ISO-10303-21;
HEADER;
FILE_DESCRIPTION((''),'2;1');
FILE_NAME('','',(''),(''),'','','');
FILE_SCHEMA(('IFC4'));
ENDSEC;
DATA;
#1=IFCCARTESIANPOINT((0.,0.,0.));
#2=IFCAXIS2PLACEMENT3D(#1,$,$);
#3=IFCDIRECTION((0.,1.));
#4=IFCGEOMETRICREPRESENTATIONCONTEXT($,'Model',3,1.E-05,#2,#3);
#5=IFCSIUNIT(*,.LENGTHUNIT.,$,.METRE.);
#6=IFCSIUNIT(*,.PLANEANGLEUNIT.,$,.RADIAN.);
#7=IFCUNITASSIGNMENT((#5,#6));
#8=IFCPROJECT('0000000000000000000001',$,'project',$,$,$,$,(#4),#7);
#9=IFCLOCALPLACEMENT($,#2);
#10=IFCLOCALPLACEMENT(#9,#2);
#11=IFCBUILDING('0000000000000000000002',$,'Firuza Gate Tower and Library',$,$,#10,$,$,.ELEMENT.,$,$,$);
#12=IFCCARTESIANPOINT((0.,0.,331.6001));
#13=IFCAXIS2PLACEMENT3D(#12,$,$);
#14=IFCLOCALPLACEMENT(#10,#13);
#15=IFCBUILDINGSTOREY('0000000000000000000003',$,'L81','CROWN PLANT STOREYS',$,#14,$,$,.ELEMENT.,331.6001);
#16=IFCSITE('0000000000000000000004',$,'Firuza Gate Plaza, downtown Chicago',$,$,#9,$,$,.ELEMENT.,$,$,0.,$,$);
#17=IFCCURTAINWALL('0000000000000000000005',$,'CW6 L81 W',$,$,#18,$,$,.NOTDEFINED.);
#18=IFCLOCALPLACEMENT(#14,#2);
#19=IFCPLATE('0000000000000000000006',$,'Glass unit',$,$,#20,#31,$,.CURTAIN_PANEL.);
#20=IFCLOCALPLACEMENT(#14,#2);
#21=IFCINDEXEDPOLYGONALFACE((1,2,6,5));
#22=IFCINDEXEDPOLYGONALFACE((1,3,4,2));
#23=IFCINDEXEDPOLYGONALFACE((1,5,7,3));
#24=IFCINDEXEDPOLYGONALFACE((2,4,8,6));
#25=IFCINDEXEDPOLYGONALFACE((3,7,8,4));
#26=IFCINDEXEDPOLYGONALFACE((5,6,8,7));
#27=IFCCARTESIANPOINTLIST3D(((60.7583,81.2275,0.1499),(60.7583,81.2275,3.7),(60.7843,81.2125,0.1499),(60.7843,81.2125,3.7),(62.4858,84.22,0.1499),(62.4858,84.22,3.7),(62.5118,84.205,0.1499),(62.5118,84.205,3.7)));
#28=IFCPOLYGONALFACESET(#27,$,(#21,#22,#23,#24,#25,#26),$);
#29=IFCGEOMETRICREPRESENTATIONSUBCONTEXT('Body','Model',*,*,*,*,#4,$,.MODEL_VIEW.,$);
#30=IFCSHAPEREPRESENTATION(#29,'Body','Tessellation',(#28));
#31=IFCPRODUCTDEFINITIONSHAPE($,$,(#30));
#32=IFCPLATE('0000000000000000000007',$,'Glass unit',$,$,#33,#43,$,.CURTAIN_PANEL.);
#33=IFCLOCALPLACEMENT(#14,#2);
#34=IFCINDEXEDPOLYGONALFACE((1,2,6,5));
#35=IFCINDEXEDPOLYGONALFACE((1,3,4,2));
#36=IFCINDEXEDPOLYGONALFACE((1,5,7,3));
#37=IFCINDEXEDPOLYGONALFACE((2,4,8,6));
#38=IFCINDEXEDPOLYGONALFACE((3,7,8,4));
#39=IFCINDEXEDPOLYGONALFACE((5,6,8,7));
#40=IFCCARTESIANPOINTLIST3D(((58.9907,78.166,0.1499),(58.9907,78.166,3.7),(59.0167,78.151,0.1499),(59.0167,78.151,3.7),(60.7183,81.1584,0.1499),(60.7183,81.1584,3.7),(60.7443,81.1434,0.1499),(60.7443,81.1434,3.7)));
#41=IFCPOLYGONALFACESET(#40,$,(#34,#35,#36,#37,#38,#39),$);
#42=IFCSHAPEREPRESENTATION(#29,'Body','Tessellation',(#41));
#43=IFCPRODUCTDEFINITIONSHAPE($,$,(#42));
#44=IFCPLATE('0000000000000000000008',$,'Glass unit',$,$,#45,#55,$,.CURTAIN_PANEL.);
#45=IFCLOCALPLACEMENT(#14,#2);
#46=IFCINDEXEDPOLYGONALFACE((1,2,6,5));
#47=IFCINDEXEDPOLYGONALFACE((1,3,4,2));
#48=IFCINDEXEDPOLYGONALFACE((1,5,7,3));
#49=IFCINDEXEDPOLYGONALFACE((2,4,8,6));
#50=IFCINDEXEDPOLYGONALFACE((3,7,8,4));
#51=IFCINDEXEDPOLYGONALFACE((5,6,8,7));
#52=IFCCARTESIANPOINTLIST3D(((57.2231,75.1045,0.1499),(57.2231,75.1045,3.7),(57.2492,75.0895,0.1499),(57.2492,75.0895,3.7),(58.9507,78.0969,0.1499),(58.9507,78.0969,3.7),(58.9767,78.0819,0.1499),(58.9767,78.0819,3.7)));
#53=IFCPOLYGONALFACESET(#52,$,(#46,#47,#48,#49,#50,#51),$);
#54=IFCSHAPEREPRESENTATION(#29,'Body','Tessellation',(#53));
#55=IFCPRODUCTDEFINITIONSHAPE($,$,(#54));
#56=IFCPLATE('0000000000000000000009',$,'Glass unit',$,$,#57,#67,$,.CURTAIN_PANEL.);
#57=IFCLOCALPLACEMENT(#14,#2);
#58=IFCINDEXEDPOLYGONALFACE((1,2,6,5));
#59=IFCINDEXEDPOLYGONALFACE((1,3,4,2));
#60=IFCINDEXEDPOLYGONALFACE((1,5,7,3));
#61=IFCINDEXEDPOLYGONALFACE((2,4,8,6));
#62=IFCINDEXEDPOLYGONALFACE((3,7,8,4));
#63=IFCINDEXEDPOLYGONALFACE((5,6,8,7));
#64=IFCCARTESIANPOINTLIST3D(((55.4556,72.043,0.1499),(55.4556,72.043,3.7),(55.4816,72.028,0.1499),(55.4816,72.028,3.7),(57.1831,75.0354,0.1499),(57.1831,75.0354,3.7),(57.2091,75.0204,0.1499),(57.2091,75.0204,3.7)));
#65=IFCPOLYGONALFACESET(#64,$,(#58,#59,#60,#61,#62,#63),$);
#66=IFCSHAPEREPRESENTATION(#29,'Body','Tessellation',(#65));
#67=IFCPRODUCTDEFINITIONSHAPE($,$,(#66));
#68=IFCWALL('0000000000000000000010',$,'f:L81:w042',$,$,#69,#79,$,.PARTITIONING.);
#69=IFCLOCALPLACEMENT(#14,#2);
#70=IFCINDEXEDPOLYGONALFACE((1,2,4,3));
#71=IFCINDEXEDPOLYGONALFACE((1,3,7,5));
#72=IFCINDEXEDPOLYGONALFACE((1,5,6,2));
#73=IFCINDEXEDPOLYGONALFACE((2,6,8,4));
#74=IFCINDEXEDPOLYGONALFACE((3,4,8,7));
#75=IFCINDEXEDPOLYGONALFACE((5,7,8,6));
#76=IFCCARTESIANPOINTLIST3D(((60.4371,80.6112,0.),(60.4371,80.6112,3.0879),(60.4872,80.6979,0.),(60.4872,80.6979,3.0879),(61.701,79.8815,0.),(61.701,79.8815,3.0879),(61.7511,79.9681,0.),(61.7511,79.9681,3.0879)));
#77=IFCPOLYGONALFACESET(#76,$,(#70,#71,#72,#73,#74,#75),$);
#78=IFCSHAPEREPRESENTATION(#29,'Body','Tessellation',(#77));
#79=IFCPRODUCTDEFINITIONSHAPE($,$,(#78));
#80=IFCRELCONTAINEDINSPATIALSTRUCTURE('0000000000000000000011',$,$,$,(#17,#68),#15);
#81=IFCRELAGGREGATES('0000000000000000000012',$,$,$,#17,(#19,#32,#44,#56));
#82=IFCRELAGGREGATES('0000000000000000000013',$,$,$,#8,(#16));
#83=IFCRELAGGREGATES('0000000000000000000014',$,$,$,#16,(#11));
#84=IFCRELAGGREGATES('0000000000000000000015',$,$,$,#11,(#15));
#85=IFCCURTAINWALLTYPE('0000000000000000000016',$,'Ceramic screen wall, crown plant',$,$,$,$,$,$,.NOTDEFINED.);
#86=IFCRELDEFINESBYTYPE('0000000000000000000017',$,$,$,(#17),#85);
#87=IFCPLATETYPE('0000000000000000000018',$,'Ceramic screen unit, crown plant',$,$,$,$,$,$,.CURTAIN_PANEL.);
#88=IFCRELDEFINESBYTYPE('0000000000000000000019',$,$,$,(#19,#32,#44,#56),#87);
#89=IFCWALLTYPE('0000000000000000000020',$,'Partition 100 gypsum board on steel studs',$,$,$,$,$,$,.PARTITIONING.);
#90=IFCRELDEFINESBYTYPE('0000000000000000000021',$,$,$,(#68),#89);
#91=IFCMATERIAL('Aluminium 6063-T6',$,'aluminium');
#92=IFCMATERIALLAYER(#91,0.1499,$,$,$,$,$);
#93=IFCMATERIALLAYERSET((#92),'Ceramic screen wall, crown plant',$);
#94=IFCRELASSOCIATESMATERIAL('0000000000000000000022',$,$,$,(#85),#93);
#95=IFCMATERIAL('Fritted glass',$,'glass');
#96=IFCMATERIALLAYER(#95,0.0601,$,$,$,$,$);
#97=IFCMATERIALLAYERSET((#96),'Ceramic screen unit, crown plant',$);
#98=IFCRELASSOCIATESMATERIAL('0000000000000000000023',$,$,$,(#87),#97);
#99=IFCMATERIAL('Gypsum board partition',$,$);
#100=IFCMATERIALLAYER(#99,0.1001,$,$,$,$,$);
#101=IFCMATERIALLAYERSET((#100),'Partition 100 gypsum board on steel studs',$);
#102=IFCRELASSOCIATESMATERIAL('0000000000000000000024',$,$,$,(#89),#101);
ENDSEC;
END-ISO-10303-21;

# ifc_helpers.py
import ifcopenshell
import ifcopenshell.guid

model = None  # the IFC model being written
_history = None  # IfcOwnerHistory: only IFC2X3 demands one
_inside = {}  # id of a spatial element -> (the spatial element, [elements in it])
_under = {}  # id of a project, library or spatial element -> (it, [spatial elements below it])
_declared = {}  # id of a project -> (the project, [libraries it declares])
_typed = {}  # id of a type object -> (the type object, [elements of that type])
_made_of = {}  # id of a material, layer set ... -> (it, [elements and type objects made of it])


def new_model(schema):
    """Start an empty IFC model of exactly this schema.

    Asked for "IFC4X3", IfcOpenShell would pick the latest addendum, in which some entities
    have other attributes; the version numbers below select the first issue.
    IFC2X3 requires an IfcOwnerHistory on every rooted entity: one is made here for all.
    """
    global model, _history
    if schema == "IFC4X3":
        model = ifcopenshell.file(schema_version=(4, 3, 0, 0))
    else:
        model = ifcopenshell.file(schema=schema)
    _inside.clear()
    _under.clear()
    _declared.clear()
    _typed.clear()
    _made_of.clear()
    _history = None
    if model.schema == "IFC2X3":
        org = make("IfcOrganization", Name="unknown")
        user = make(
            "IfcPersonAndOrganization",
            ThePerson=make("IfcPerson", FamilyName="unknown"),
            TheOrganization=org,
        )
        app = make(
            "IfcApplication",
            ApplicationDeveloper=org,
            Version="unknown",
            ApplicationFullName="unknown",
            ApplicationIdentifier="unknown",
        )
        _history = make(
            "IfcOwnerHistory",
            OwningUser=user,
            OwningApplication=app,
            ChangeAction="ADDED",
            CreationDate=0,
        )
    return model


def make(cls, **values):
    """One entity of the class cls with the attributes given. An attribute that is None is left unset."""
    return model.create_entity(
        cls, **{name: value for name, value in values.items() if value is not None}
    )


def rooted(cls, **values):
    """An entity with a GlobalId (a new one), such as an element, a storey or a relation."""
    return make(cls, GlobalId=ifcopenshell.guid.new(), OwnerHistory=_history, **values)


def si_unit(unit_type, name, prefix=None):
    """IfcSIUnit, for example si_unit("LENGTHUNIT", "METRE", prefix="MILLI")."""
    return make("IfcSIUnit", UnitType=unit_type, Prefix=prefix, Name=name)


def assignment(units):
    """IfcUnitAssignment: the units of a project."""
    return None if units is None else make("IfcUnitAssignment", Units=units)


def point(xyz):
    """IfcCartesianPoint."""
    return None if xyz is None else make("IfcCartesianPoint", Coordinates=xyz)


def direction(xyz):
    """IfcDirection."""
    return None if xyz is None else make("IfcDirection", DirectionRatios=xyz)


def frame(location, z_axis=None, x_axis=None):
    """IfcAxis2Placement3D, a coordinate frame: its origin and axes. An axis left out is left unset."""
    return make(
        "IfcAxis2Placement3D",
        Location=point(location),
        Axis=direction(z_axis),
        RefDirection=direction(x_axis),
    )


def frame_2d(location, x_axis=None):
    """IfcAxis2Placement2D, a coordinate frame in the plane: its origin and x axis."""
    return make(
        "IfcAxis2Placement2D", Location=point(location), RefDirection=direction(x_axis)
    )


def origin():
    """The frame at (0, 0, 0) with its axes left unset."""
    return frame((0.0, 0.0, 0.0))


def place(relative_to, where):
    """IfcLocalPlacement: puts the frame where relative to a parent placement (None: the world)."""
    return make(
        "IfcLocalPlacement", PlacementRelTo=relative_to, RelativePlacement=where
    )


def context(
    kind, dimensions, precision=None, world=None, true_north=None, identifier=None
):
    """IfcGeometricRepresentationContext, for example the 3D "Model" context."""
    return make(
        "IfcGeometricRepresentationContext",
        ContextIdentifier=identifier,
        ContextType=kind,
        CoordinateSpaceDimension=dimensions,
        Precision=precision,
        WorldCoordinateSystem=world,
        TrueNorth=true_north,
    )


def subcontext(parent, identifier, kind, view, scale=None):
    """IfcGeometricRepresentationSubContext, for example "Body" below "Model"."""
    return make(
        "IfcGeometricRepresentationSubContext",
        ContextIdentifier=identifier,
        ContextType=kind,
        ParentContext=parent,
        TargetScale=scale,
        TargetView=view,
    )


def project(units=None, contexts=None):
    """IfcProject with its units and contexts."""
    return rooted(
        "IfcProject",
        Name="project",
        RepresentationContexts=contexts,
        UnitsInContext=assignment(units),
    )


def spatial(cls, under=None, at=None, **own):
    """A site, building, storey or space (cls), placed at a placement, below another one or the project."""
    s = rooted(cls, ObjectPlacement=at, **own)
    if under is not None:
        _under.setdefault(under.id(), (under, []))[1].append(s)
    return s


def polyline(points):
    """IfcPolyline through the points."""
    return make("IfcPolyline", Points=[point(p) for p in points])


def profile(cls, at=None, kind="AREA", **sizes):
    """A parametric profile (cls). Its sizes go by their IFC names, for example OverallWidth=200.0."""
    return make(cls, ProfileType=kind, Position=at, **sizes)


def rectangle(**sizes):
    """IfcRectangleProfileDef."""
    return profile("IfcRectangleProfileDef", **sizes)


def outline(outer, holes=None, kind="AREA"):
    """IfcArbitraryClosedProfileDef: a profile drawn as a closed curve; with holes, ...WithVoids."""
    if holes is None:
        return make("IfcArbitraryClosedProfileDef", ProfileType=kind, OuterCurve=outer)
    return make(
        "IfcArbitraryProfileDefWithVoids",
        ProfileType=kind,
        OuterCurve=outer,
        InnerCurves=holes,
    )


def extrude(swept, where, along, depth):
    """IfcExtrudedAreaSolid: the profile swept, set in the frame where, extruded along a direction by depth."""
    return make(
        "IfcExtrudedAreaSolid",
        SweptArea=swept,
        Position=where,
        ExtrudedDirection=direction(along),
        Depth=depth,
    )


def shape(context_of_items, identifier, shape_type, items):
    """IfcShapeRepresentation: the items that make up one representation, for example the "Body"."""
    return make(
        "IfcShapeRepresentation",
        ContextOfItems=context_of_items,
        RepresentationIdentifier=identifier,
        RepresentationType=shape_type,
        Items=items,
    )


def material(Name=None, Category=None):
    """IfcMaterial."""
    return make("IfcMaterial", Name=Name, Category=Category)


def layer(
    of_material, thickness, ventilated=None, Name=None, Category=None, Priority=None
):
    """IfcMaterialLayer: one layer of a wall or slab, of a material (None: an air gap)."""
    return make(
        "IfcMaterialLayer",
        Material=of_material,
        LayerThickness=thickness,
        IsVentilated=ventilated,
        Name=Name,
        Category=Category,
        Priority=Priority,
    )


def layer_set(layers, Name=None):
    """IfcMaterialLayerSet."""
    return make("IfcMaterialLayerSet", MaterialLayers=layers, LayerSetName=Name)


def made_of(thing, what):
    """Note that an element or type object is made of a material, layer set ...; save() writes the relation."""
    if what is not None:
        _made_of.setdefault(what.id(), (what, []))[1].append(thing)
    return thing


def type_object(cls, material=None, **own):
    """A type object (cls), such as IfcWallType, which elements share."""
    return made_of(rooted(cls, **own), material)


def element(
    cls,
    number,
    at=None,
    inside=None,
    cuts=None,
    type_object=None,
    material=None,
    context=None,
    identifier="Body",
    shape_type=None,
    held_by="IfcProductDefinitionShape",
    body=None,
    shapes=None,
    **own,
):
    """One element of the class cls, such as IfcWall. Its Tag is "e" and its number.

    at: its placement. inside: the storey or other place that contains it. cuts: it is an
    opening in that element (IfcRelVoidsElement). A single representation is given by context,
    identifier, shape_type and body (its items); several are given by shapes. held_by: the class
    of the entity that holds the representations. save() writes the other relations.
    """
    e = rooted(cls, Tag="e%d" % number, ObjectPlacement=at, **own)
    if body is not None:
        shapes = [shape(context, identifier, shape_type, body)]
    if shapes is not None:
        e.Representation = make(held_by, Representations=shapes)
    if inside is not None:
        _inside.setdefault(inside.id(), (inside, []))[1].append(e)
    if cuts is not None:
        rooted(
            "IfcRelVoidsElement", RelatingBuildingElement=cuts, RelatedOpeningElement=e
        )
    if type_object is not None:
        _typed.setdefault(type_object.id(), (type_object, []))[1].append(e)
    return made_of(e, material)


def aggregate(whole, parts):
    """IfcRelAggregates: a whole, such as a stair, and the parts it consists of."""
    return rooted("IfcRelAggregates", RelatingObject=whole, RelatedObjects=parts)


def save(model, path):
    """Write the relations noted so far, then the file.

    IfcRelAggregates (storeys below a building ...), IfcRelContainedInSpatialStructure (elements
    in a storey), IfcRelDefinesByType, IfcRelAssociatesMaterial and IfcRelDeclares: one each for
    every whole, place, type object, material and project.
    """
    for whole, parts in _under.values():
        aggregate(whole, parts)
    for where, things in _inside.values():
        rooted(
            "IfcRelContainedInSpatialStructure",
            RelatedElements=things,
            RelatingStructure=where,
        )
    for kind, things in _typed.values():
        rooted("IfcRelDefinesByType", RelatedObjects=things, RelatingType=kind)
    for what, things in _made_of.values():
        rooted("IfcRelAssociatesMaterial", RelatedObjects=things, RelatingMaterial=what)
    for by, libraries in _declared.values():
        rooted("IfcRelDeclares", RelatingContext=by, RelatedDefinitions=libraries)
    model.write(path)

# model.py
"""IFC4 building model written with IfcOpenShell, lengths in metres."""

from ifc_helpers import new_model, si_unit, direction, frame, frame_2d, origin, place, context, subcontext, project, spatial, polyline, rectangle, outline, extrude, material, layer, layer_set, type_object, element, aggregate, save


model = new_model("IFC4")

# Units and contexts
model_context = context("Model", 3, precision=1e-05, world=origin(), true_north=direction((0.0, 1.0)))
body_context = subcontext(model_context, "Body", "Model", "MODEL_VIEW")
ifc_project = project(units=[si_unit("LENGTHUNIT", "METRE"), si_unit("PLANEANGLEUNIT", "RADIAN")], contexts=[model_context])

# Site, building, storey
site_placement = place(None, origin())
site = spatial("IfcSite", under=ifc_project, at=site_placement, Name="Firuza Gate Plaza, downtown Chicago", CompositionType="ELEMENT", RefElevation=0.0)
building_placement = place(site_placement, origin())
building = spatial("IfcBuilding", under=site, at=building_placement, Name="Firuza Gate Tower and Library", CompositionType="ELEMENT")
storey_placement = place(building_placement, frame((0.0, 0.0, 331.6001)))
storey = spatial("IfcBuildingStorey", under=building, at=storey_placement, Name="L81", Description="CROWN PLANT STOREYS", CompositionType="ELEMENT", Elevation=331.6001)

# Curtain wall
ifc_material_1 = material(Name="Aluminium 6063-T6", Category="aluminium")
ifc_layer_1 = layer(ifc_material_1, 0.1499)
ifc_layer_set_1 = layer_set([ifc_layer_1], Name="Ceramic screen wall, crown plant")
curtain_wall_type = type_object("IfcCurtainWallType", Name="Ceramic screen wall, crown plant", PredefinedType="NOTDEFINED", material=ifc_layer_set_1)
curtain_wall_placement = place(storey_placement, origin())
curtain_wall = element("IfcCurtainWall", 1, at=curtain_wall_placement, inside=storey, type_object=curtain_wall_type, Name="CW6 L81 W", PredefinedType="NOTDEFINED")

# Plates
ifc_material_2 = material(Name="Fritted glass", Category="glass")
ifc_layer_2 = layer(ifc_material_2, 0.0601)
ifc_layer_set_2 = layer_set([ifc_layer_2], Name="Ceramic screen unit, crown plant")
plate_type = type_object("IfcPlateType", Name="Ceramic screen unit, crown plant", PredefinedType="CURTAIN_PANEL", material=ifc_layer_set_2)
plate_1_placement = place(storey_placement, frame((62.4858, 84.22, 0.1499), z_axis=(-0.866043, 0.499969, 0.0), x_axis=(-0.499969, -0.866043, 0.0)))
plate_1 = element("IfcPlate", 2, at=plate_1_placement, type_object=plate_type, Name="Glass unit", PredefinedType="CURTAIN_PANEL", context=body_context, shape_type="SweptSolid", body=[
    extrude(outline(polyline([(0.0, 0.0), (3.4553, 0.0), (3.4553, 3.55), (0.0, 3.55), (0.0, 0.0)])), origin(), (0.0, 0.0, -1.0), 0.03),
])
plate_2_placement = place(storey_placement, frame((60.7183, 81.1584, 0.1499), z_axis=(-0.866043, 0.499969, 0.0), x_axis=(-0.499969, -0.866043, 0.0)))
plate_2 = element("IfcPlate", 3, at=plate_2_placement, type_object=plate_type, Name="Glass unit", PredefinedType="CURTAIN_PANEL", context=body_context, shape_type="SweptSolid", body=[
    extrude(outline(polyline([(0.0, 0.0), (3.4553, 0.0), (3.4553, 3.55), (0.0, 3.55), (0.0, 0.0)])), origin(), (0.0, 0.0, -1.0), 0.03),
])
plate_3_placement = place(storey_placement, frame((58.9507, 78.0969, 0.1499), z_axis=(-0.866043, 0.499969, 0.0), x_axis=(-0.499969, -0.866043, 0.0)))
plate_3 = element("IfcPlate", 4, at=plate_3_placement, type_object=plate_type, Name="Glass unit", PredefinedType="CURTAIN_PANEL", context=body_context, shape_type="SweptSolid", body=[
    extrude(outline(polyline([(0.0, 0.0), (3.4553, 0.0), (3.4553, 3.55), (0.0, 3.55), (0.0, 0.0)])), origin(), (0.0, 0.0, -1.0), 0.03),
])
plate_4_placement = place(storey_placement, frame((57.1831, 75.0354, 0.1499), z_axis=(-0.866043, 0.499969, 0.0), x_axis=(-0.499969, -0.866043, 0.0)))
plate_4 = element("IfcPlate", 5, at=plate_4_placement, type_object=plate_type, Name="Glass unit", PredefinedType="CURTAIN_PANEL", context=body_context, shape_type="SweptSolid", body=[
    extrude(outline(polyline([(0.0, 0.0), (3.4553, 0.0), (3.4553, 3.55), (0.0, 3.55), (0.0, 0.0)])), origin(), (0.0, 0.0, -1.0), 0.03),
])
aggregate(curtain_wall, [plate_1, plate_2, plate_3, plate_4])

# Wall
ifc_material_3 = material(Name="Gypsum board partition")
ifc_layer_3 = layer(ifc_material_3, 0.1001)
ifc_layer_set_3 = layer_set([ifc_layer_3], Name="Partition 100 gypsum board on steel studs")
wall_type = type_object("IfcWallType", Name="Partition 100 gypsum board on steel studs", PredefinedType="PARTITIONING", material=ifc_layer_set_3)
wall_placement = place(storey_placement, frame((61.7261, 79.9248, 0.0), z_axis=(0.0, 0.0, 1.0), x_axis=(-0.866021, 0.500007, 0.0)))
element("IfcWall", 6, at=wall_placement, inside=storey, type_object=wall_type, Name="f:L81:w042", PredefinedType="PARTITIONING", context=body_context, shape_type="SweptSolid", body=[
    extrude(rectangle(XDim=1.4595, YDim=0.1001, at=frame_2d((0.7297, 0.0))), origin(), (0.0, 0.0, 1.0), 3.0879),
])

save(model, "model.ifc")
